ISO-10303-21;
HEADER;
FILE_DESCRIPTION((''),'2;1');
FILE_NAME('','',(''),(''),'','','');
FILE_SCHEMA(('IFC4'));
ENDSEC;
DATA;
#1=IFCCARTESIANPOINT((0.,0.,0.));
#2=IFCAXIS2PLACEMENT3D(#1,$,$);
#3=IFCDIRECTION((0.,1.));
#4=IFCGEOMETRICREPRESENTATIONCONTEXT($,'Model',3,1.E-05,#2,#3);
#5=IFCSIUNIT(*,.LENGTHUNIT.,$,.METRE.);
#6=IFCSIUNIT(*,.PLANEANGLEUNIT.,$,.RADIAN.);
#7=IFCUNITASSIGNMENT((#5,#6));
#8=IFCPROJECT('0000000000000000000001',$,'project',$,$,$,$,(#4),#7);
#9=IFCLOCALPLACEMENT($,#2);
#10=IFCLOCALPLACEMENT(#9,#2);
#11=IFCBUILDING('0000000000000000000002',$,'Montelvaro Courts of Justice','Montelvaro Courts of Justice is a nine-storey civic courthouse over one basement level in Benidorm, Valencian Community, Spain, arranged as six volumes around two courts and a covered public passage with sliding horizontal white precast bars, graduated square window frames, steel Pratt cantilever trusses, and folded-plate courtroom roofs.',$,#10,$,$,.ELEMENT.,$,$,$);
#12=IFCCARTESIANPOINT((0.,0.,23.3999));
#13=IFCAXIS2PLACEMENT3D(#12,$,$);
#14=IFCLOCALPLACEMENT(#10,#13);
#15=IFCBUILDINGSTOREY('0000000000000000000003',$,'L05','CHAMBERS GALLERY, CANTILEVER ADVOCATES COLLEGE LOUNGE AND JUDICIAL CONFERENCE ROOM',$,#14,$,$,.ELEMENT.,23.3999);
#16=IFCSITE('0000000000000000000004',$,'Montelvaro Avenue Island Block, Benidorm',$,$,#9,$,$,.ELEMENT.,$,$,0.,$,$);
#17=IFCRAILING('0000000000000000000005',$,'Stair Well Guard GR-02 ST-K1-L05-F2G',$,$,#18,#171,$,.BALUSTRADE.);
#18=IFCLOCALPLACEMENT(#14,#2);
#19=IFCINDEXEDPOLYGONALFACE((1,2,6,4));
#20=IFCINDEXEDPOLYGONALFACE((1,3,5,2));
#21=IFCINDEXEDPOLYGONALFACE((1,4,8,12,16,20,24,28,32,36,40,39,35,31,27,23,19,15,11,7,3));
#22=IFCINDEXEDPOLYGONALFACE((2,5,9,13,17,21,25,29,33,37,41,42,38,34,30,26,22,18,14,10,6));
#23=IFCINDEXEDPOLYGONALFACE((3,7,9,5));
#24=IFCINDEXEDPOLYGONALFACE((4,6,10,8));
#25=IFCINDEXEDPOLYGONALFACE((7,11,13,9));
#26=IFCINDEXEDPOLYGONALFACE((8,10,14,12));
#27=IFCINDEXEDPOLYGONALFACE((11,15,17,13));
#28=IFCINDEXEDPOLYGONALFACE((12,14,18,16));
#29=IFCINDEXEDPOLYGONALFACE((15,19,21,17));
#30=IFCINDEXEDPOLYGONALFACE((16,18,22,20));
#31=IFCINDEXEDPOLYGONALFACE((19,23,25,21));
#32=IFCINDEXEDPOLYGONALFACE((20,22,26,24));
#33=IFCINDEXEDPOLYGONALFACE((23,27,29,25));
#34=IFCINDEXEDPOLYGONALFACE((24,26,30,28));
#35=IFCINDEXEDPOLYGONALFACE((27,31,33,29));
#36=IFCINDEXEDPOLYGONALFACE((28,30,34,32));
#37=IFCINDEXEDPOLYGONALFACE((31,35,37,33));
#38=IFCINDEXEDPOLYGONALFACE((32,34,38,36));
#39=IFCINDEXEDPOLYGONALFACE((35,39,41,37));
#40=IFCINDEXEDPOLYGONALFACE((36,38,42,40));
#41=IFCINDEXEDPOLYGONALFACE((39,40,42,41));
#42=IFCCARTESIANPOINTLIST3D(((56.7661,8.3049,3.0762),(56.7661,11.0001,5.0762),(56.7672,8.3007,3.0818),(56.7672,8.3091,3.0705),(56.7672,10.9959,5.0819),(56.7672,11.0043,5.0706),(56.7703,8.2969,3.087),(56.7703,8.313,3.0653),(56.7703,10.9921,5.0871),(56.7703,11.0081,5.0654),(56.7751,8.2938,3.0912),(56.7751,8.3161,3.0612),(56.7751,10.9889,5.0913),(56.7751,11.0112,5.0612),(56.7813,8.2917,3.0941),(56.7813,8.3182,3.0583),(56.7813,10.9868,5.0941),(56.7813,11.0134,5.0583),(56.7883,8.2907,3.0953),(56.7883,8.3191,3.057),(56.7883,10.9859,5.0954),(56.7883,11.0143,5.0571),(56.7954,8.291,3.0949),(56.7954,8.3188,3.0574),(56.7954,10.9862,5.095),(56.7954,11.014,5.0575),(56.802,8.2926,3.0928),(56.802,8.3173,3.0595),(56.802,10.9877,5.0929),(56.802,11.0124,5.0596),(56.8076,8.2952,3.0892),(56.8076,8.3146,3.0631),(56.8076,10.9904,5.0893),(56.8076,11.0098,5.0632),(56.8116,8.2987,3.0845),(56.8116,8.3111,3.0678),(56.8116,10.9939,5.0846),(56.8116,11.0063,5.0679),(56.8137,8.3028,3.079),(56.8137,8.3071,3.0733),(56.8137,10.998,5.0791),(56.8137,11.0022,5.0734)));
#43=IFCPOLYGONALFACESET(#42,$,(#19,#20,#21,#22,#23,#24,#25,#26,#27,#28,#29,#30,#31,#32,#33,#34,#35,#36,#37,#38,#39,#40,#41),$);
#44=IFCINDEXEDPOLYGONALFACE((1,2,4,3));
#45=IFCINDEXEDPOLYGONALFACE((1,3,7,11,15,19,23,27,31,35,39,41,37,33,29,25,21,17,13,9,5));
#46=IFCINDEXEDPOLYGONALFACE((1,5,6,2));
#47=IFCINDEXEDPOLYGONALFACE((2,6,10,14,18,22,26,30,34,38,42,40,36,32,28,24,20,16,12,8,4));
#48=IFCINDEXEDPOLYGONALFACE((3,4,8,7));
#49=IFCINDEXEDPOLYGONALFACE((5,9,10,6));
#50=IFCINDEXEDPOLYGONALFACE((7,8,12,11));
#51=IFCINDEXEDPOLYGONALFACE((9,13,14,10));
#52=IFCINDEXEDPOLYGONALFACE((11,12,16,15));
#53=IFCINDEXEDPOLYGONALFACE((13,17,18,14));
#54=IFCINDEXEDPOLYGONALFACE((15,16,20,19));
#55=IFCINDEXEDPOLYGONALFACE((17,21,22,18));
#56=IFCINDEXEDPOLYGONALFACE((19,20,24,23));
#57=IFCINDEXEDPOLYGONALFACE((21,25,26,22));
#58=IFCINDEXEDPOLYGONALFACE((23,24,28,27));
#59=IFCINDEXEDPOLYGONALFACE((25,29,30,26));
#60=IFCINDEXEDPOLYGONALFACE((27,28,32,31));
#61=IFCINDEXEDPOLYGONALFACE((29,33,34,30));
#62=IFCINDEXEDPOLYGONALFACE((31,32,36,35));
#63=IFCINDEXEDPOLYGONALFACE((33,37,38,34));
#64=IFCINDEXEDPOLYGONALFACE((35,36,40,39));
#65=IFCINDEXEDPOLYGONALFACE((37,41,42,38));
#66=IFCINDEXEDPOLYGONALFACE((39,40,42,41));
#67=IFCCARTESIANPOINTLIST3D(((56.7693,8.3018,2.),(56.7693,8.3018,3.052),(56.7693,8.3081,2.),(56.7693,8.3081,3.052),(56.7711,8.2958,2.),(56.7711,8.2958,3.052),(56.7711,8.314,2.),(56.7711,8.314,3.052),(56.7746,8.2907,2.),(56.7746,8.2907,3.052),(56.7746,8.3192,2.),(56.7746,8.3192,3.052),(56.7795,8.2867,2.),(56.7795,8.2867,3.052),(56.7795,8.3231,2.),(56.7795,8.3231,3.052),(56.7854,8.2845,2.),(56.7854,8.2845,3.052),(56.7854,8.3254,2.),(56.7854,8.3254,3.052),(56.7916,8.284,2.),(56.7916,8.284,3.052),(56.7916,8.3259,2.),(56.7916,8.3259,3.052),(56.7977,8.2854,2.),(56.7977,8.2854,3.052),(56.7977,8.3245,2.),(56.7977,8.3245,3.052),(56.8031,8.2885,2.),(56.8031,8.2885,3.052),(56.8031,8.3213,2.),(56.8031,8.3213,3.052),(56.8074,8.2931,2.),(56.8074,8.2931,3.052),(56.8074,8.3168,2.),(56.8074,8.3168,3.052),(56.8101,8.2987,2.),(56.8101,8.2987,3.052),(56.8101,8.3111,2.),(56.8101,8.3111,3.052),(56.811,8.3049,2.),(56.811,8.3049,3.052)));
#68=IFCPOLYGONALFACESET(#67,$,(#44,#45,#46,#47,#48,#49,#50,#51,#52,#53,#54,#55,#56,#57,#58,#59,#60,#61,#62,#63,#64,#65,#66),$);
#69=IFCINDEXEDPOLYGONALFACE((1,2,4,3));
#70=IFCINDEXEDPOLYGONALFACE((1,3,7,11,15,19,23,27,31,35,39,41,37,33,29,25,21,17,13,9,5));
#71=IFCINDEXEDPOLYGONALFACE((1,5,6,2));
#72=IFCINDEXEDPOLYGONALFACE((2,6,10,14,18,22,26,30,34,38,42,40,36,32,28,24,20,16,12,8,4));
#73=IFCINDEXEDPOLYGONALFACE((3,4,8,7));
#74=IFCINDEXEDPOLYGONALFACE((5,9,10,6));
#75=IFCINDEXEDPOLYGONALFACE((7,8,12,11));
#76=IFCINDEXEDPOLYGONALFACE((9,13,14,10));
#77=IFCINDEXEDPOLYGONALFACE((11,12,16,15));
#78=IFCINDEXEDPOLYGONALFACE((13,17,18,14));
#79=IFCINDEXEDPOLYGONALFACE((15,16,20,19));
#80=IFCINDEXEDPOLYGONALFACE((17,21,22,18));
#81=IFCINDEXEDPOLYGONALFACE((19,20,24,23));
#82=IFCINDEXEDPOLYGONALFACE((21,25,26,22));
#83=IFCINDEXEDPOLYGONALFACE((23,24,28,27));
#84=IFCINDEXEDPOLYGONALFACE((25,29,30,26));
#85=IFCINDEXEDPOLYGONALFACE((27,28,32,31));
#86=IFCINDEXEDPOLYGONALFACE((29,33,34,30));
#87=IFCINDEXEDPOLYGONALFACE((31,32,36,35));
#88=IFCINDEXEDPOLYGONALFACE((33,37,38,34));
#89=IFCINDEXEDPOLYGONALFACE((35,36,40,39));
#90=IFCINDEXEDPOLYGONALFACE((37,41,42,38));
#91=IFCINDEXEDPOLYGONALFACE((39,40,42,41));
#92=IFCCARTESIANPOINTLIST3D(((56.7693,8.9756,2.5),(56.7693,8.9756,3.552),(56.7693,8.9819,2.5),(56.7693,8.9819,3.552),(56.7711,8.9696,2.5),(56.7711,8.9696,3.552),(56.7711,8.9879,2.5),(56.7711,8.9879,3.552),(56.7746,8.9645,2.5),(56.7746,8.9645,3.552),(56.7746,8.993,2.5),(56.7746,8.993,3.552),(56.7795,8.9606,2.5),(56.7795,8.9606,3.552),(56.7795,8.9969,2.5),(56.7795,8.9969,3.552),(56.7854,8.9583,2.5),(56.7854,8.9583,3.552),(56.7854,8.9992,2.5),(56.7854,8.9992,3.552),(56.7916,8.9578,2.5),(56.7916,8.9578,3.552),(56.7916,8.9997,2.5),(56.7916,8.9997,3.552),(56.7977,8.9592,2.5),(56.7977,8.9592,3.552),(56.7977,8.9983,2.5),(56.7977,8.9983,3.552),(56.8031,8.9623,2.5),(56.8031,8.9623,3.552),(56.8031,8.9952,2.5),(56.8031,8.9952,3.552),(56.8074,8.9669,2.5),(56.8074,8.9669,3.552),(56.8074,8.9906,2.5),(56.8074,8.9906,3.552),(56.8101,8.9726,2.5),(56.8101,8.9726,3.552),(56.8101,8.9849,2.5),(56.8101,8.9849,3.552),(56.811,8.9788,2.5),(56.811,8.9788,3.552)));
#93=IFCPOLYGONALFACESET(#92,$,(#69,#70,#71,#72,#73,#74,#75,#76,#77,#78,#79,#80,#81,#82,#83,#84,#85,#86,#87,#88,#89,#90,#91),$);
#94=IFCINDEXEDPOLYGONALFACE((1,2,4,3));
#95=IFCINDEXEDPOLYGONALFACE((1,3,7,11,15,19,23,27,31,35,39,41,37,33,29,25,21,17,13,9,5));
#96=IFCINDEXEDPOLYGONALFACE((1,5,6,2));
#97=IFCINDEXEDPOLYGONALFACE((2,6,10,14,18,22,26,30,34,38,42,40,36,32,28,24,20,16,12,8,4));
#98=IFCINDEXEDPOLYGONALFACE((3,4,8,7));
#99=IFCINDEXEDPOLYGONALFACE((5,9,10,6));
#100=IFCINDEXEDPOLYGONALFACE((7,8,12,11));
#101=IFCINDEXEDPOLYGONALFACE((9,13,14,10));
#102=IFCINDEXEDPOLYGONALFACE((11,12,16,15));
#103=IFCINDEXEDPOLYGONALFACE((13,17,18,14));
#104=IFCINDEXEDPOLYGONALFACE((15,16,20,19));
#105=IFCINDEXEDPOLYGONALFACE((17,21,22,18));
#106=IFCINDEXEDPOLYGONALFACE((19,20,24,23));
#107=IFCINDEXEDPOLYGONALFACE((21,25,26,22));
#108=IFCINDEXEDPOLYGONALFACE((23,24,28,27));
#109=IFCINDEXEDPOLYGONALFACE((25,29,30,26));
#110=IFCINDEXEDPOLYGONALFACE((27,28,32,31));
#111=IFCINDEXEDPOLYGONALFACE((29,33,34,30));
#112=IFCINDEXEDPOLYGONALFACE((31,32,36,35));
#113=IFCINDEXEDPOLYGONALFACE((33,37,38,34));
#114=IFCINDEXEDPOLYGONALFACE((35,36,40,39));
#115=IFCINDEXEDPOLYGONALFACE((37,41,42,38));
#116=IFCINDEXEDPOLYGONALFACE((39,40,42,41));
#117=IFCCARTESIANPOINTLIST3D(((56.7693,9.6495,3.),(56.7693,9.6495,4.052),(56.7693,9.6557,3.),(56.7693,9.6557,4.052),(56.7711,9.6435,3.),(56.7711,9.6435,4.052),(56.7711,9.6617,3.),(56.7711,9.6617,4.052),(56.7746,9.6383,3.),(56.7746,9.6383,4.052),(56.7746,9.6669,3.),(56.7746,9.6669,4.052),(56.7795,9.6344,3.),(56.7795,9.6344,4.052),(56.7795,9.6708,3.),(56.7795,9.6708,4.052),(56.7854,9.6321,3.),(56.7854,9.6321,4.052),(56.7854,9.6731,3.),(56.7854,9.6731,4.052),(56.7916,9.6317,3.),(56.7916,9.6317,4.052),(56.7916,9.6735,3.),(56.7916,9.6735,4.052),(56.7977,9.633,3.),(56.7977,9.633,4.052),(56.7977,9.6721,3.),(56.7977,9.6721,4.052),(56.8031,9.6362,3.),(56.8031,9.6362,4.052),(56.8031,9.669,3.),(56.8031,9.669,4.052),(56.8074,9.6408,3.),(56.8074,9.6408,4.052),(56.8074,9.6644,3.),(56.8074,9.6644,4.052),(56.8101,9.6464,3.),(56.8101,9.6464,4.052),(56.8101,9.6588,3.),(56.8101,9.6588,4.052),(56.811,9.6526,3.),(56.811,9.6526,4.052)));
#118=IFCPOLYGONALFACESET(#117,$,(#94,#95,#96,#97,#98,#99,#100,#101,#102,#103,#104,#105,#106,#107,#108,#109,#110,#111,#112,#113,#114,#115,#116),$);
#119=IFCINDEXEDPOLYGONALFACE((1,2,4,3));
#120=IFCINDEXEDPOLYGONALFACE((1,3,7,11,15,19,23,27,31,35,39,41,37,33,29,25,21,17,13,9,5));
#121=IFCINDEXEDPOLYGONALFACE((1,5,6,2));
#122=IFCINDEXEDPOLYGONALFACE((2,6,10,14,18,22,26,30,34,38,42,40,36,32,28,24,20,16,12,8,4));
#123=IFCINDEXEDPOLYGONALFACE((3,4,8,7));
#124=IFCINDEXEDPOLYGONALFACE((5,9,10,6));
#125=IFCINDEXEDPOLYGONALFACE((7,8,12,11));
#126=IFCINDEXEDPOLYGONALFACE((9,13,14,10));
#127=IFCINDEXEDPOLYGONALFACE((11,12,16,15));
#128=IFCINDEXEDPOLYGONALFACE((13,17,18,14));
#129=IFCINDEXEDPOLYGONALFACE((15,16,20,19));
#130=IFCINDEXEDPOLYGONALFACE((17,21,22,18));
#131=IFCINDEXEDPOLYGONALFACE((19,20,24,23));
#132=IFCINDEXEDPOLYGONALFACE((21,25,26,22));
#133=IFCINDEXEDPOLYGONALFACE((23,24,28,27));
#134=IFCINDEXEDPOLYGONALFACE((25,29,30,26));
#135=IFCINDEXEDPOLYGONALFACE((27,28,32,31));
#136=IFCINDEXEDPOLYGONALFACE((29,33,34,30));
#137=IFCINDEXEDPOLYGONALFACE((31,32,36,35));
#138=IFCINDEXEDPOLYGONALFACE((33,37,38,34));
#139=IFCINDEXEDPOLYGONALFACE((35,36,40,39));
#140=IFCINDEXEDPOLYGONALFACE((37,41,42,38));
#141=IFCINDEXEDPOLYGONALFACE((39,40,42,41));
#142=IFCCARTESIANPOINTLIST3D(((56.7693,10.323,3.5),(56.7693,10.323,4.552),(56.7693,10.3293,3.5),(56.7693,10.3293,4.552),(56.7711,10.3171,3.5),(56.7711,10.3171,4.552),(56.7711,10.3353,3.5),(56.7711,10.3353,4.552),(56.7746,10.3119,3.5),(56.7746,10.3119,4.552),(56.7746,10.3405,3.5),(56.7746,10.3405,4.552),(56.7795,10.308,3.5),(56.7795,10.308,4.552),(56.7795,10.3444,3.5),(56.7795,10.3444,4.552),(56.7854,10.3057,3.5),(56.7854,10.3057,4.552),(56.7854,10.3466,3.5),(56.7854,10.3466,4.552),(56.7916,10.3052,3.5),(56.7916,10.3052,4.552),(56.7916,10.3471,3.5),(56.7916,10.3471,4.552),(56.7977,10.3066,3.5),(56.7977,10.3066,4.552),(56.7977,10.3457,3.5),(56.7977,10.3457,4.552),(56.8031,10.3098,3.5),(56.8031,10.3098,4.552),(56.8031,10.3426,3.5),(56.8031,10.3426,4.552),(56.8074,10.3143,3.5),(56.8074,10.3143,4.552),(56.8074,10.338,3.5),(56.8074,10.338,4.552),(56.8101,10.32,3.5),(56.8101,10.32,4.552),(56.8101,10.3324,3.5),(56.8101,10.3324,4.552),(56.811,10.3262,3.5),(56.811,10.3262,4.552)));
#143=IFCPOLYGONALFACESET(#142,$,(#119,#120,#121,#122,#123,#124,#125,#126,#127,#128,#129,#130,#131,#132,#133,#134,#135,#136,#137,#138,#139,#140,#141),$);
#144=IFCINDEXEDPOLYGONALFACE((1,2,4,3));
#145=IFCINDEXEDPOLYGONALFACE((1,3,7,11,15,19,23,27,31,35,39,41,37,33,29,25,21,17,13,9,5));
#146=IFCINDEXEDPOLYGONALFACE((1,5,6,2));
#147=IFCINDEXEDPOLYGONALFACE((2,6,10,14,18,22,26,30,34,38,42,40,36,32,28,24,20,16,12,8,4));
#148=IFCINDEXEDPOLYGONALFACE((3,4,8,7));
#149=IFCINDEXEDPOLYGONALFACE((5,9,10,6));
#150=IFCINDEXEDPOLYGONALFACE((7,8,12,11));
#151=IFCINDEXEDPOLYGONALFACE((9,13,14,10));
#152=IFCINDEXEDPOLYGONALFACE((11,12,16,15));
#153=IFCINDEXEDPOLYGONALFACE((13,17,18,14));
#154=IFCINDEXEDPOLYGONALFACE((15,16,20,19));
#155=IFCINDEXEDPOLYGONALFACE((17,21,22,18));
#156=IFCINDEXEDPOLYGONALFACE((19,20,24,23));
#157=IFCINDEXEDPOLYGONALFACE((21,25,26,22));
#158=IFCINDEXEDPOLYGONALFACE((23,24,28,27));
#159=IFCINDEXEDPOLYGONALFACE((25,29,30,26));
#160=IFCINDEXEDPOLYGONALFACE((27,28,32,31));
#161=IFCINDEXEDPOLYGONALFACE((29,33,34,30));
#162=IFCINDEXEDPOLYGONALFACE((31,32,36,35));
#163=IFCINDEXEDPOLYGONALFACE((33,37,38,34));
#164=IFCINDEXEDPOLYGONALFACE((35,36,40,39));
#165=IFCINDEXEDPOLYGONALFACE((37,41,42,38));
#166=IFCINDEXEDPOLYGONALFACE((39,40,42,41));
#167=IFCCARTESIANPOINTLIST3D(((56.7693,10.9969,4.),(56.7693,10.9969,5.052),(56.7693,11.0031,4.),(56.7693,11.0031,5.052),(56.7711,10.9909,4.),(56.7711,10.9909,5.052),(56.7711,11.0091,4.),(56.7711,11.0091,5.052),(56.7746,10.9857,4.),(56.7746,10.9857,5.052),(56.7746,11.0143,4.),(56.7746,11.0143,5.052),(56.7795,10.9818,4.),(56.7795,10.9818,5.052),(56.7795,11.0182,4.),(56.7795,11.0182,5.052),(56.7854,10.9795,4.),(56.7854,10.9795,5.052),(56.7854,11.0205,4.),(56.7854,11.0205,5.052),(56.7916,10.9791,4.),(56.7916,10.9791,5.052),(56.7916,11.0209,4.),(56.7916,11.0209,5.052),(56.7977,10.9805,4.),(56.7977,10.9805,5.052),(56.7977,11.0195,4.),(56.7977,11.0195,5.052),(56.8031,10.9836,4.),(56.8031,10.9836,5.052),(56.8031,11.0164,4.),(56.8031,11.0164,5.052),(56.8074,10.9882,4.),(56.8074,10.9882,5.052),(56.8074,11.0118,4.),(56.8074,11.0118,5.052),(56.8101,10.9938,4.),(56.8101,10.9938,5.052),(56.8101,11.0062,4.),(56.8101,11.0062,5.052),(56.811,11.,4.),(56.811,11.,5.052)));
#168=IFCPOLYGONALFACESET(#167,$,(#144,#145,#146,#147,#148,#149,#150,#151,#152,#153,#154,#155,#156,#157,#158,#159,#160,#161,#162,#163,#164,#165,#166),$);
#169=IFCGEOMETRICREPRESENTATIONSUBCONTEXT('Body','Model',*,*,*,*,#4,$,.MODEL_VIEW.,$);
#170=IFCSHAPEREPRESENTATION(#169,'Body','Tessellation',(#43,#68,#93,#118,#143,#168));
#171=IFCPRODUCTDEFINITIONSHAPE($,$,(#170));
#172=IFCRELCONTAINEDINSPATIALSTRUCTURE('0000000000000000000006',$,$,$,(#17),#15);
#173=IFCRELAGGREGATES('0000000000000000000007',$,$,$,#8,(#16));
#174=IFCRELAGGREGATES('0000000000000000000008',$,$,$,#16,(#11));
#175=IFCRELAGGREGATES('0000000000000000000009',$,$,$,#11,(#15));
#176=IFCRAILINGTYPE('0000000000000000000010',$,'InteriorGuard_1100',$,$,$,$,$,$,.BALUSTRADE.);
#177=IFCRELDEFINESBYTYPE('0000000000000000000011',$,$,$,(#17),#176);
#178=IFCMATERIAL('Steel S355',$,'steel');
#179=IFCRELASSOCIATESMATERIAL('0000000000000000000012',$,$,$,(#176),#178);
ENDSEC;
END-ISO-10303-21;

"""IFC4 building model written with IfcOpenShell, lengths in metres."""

from ifc_helpers import new_model, si_unit, direction, frame, origin, origin_2d, place, context, subcontext, project, spatial, circle, extrude, material, type_object, element, save


model = new_model("IFC4")

# Units and contexts
model_context = context("Model", 3, precision=1e-05, world=origin(), true_north=direction((0.0, 1.0)))
body_context = subcontext(model_context, "Body", "Model", "MODEL_VIEW")
ifc_project = project(units=[si_unit("LENGTHUNIT", "METRE"), si_unit("PLANEANGLEUNIT", "RADIAN")], contexts=[model_context])

# Site, building, storey
site_placement = place(None, origin())
site = spatial("IfcSite", under=ifc_project, at=site_placement, Name="Montelvaro Avenue Island Block, Benidorm", CompositionType="ELEMENT", RefElevation=0.0)
building_placement = place(site_placement, origin())
building = spatial("IfcBuilding", under=site, at=building_placement, Name="Montelvaro Courts of Justice", Description="Montelvaro Courts of Justice is a nine-storey civic courthouse over one basement level in Benidorm, Valencian Community, Spain, arranged as six volumes around two courts and a covered public passage with sliding horizontal white precast bars, graduated square window frames, steel Pratt cantilever trusses, and folded-plate courtroom roofs.", CompositionType="ELEMENT")
storey_placement = place(building_placement, frame((0.0, 0.0, 23.3999)))
storey = spatial("IfcBuildingStorey", under=building, at=storey_placement, Name="L05", Description="CHAMBERS GALLERY, CANTILEVER ADVOCATES COLLEGE LOUNGE AND JUDICIAL CONFERENCE ROOM", CompositionType="ELEMENT", Elevation=23.3999)

# Railing
ifc_material_1 = material(Name="Steel S355", Category="steel")
railing_type_1 = type_object("IfcRailingType", Name="InteriorGuard_1100", PredefinedType="BALUSTRADE", material=ifc_material_1)
railing_1_placement = place(storey_placement, frame((56.79, 8.3049, 2.0)))
element("IfcRailing", 1, at=railing_1_placement, inside=storey, type_object=railing_type_1, Name="Stair Well Guard GR-02 ST-K1-L05-F2G", PredefinedType="BALUSTRADE", context=body_context, shape_type="SweptSolid", body=[
    extrude(circle(Radius=0.0239, at=origin_2d()), frame((0.0, 0.0, 1.0762), z_axis=(0.0, 0.803036, 0.59593), x_axis=(-1.0, 0.0, 0.0)), (0.0, 0.0, 1.0), 3.3562),
    extrude(circle(Radius=0.021, at=origin_2d()), origin(), (0.0, 0.0, 1.0), 1.052),
    extrude(circle(Radius=0.021, at=origin_2d()), frame((0.0, 0.6738, 0.5)), (0.0, 0.0, 1.0), 1.052),
    extrude(circle(Radius=0.021, at=origin_2d()), frame((0.0, 1.3477, 1.0)), (0.0, 0.0, 1.0), 1.052),
    extrude(circle(Radius=0.021, at=origin_2d()), frame((0.0, 2.0212, 1.5)), (0.0, 0.0, 1.0), 1.052),
    extrude(circle(Radius=0.021, at=origin_2d()), frame((0.0, 2.6951, 2.0)), (0.0, 0.0, 1.0), 1.052),
])

save(model, "model.ifc")
